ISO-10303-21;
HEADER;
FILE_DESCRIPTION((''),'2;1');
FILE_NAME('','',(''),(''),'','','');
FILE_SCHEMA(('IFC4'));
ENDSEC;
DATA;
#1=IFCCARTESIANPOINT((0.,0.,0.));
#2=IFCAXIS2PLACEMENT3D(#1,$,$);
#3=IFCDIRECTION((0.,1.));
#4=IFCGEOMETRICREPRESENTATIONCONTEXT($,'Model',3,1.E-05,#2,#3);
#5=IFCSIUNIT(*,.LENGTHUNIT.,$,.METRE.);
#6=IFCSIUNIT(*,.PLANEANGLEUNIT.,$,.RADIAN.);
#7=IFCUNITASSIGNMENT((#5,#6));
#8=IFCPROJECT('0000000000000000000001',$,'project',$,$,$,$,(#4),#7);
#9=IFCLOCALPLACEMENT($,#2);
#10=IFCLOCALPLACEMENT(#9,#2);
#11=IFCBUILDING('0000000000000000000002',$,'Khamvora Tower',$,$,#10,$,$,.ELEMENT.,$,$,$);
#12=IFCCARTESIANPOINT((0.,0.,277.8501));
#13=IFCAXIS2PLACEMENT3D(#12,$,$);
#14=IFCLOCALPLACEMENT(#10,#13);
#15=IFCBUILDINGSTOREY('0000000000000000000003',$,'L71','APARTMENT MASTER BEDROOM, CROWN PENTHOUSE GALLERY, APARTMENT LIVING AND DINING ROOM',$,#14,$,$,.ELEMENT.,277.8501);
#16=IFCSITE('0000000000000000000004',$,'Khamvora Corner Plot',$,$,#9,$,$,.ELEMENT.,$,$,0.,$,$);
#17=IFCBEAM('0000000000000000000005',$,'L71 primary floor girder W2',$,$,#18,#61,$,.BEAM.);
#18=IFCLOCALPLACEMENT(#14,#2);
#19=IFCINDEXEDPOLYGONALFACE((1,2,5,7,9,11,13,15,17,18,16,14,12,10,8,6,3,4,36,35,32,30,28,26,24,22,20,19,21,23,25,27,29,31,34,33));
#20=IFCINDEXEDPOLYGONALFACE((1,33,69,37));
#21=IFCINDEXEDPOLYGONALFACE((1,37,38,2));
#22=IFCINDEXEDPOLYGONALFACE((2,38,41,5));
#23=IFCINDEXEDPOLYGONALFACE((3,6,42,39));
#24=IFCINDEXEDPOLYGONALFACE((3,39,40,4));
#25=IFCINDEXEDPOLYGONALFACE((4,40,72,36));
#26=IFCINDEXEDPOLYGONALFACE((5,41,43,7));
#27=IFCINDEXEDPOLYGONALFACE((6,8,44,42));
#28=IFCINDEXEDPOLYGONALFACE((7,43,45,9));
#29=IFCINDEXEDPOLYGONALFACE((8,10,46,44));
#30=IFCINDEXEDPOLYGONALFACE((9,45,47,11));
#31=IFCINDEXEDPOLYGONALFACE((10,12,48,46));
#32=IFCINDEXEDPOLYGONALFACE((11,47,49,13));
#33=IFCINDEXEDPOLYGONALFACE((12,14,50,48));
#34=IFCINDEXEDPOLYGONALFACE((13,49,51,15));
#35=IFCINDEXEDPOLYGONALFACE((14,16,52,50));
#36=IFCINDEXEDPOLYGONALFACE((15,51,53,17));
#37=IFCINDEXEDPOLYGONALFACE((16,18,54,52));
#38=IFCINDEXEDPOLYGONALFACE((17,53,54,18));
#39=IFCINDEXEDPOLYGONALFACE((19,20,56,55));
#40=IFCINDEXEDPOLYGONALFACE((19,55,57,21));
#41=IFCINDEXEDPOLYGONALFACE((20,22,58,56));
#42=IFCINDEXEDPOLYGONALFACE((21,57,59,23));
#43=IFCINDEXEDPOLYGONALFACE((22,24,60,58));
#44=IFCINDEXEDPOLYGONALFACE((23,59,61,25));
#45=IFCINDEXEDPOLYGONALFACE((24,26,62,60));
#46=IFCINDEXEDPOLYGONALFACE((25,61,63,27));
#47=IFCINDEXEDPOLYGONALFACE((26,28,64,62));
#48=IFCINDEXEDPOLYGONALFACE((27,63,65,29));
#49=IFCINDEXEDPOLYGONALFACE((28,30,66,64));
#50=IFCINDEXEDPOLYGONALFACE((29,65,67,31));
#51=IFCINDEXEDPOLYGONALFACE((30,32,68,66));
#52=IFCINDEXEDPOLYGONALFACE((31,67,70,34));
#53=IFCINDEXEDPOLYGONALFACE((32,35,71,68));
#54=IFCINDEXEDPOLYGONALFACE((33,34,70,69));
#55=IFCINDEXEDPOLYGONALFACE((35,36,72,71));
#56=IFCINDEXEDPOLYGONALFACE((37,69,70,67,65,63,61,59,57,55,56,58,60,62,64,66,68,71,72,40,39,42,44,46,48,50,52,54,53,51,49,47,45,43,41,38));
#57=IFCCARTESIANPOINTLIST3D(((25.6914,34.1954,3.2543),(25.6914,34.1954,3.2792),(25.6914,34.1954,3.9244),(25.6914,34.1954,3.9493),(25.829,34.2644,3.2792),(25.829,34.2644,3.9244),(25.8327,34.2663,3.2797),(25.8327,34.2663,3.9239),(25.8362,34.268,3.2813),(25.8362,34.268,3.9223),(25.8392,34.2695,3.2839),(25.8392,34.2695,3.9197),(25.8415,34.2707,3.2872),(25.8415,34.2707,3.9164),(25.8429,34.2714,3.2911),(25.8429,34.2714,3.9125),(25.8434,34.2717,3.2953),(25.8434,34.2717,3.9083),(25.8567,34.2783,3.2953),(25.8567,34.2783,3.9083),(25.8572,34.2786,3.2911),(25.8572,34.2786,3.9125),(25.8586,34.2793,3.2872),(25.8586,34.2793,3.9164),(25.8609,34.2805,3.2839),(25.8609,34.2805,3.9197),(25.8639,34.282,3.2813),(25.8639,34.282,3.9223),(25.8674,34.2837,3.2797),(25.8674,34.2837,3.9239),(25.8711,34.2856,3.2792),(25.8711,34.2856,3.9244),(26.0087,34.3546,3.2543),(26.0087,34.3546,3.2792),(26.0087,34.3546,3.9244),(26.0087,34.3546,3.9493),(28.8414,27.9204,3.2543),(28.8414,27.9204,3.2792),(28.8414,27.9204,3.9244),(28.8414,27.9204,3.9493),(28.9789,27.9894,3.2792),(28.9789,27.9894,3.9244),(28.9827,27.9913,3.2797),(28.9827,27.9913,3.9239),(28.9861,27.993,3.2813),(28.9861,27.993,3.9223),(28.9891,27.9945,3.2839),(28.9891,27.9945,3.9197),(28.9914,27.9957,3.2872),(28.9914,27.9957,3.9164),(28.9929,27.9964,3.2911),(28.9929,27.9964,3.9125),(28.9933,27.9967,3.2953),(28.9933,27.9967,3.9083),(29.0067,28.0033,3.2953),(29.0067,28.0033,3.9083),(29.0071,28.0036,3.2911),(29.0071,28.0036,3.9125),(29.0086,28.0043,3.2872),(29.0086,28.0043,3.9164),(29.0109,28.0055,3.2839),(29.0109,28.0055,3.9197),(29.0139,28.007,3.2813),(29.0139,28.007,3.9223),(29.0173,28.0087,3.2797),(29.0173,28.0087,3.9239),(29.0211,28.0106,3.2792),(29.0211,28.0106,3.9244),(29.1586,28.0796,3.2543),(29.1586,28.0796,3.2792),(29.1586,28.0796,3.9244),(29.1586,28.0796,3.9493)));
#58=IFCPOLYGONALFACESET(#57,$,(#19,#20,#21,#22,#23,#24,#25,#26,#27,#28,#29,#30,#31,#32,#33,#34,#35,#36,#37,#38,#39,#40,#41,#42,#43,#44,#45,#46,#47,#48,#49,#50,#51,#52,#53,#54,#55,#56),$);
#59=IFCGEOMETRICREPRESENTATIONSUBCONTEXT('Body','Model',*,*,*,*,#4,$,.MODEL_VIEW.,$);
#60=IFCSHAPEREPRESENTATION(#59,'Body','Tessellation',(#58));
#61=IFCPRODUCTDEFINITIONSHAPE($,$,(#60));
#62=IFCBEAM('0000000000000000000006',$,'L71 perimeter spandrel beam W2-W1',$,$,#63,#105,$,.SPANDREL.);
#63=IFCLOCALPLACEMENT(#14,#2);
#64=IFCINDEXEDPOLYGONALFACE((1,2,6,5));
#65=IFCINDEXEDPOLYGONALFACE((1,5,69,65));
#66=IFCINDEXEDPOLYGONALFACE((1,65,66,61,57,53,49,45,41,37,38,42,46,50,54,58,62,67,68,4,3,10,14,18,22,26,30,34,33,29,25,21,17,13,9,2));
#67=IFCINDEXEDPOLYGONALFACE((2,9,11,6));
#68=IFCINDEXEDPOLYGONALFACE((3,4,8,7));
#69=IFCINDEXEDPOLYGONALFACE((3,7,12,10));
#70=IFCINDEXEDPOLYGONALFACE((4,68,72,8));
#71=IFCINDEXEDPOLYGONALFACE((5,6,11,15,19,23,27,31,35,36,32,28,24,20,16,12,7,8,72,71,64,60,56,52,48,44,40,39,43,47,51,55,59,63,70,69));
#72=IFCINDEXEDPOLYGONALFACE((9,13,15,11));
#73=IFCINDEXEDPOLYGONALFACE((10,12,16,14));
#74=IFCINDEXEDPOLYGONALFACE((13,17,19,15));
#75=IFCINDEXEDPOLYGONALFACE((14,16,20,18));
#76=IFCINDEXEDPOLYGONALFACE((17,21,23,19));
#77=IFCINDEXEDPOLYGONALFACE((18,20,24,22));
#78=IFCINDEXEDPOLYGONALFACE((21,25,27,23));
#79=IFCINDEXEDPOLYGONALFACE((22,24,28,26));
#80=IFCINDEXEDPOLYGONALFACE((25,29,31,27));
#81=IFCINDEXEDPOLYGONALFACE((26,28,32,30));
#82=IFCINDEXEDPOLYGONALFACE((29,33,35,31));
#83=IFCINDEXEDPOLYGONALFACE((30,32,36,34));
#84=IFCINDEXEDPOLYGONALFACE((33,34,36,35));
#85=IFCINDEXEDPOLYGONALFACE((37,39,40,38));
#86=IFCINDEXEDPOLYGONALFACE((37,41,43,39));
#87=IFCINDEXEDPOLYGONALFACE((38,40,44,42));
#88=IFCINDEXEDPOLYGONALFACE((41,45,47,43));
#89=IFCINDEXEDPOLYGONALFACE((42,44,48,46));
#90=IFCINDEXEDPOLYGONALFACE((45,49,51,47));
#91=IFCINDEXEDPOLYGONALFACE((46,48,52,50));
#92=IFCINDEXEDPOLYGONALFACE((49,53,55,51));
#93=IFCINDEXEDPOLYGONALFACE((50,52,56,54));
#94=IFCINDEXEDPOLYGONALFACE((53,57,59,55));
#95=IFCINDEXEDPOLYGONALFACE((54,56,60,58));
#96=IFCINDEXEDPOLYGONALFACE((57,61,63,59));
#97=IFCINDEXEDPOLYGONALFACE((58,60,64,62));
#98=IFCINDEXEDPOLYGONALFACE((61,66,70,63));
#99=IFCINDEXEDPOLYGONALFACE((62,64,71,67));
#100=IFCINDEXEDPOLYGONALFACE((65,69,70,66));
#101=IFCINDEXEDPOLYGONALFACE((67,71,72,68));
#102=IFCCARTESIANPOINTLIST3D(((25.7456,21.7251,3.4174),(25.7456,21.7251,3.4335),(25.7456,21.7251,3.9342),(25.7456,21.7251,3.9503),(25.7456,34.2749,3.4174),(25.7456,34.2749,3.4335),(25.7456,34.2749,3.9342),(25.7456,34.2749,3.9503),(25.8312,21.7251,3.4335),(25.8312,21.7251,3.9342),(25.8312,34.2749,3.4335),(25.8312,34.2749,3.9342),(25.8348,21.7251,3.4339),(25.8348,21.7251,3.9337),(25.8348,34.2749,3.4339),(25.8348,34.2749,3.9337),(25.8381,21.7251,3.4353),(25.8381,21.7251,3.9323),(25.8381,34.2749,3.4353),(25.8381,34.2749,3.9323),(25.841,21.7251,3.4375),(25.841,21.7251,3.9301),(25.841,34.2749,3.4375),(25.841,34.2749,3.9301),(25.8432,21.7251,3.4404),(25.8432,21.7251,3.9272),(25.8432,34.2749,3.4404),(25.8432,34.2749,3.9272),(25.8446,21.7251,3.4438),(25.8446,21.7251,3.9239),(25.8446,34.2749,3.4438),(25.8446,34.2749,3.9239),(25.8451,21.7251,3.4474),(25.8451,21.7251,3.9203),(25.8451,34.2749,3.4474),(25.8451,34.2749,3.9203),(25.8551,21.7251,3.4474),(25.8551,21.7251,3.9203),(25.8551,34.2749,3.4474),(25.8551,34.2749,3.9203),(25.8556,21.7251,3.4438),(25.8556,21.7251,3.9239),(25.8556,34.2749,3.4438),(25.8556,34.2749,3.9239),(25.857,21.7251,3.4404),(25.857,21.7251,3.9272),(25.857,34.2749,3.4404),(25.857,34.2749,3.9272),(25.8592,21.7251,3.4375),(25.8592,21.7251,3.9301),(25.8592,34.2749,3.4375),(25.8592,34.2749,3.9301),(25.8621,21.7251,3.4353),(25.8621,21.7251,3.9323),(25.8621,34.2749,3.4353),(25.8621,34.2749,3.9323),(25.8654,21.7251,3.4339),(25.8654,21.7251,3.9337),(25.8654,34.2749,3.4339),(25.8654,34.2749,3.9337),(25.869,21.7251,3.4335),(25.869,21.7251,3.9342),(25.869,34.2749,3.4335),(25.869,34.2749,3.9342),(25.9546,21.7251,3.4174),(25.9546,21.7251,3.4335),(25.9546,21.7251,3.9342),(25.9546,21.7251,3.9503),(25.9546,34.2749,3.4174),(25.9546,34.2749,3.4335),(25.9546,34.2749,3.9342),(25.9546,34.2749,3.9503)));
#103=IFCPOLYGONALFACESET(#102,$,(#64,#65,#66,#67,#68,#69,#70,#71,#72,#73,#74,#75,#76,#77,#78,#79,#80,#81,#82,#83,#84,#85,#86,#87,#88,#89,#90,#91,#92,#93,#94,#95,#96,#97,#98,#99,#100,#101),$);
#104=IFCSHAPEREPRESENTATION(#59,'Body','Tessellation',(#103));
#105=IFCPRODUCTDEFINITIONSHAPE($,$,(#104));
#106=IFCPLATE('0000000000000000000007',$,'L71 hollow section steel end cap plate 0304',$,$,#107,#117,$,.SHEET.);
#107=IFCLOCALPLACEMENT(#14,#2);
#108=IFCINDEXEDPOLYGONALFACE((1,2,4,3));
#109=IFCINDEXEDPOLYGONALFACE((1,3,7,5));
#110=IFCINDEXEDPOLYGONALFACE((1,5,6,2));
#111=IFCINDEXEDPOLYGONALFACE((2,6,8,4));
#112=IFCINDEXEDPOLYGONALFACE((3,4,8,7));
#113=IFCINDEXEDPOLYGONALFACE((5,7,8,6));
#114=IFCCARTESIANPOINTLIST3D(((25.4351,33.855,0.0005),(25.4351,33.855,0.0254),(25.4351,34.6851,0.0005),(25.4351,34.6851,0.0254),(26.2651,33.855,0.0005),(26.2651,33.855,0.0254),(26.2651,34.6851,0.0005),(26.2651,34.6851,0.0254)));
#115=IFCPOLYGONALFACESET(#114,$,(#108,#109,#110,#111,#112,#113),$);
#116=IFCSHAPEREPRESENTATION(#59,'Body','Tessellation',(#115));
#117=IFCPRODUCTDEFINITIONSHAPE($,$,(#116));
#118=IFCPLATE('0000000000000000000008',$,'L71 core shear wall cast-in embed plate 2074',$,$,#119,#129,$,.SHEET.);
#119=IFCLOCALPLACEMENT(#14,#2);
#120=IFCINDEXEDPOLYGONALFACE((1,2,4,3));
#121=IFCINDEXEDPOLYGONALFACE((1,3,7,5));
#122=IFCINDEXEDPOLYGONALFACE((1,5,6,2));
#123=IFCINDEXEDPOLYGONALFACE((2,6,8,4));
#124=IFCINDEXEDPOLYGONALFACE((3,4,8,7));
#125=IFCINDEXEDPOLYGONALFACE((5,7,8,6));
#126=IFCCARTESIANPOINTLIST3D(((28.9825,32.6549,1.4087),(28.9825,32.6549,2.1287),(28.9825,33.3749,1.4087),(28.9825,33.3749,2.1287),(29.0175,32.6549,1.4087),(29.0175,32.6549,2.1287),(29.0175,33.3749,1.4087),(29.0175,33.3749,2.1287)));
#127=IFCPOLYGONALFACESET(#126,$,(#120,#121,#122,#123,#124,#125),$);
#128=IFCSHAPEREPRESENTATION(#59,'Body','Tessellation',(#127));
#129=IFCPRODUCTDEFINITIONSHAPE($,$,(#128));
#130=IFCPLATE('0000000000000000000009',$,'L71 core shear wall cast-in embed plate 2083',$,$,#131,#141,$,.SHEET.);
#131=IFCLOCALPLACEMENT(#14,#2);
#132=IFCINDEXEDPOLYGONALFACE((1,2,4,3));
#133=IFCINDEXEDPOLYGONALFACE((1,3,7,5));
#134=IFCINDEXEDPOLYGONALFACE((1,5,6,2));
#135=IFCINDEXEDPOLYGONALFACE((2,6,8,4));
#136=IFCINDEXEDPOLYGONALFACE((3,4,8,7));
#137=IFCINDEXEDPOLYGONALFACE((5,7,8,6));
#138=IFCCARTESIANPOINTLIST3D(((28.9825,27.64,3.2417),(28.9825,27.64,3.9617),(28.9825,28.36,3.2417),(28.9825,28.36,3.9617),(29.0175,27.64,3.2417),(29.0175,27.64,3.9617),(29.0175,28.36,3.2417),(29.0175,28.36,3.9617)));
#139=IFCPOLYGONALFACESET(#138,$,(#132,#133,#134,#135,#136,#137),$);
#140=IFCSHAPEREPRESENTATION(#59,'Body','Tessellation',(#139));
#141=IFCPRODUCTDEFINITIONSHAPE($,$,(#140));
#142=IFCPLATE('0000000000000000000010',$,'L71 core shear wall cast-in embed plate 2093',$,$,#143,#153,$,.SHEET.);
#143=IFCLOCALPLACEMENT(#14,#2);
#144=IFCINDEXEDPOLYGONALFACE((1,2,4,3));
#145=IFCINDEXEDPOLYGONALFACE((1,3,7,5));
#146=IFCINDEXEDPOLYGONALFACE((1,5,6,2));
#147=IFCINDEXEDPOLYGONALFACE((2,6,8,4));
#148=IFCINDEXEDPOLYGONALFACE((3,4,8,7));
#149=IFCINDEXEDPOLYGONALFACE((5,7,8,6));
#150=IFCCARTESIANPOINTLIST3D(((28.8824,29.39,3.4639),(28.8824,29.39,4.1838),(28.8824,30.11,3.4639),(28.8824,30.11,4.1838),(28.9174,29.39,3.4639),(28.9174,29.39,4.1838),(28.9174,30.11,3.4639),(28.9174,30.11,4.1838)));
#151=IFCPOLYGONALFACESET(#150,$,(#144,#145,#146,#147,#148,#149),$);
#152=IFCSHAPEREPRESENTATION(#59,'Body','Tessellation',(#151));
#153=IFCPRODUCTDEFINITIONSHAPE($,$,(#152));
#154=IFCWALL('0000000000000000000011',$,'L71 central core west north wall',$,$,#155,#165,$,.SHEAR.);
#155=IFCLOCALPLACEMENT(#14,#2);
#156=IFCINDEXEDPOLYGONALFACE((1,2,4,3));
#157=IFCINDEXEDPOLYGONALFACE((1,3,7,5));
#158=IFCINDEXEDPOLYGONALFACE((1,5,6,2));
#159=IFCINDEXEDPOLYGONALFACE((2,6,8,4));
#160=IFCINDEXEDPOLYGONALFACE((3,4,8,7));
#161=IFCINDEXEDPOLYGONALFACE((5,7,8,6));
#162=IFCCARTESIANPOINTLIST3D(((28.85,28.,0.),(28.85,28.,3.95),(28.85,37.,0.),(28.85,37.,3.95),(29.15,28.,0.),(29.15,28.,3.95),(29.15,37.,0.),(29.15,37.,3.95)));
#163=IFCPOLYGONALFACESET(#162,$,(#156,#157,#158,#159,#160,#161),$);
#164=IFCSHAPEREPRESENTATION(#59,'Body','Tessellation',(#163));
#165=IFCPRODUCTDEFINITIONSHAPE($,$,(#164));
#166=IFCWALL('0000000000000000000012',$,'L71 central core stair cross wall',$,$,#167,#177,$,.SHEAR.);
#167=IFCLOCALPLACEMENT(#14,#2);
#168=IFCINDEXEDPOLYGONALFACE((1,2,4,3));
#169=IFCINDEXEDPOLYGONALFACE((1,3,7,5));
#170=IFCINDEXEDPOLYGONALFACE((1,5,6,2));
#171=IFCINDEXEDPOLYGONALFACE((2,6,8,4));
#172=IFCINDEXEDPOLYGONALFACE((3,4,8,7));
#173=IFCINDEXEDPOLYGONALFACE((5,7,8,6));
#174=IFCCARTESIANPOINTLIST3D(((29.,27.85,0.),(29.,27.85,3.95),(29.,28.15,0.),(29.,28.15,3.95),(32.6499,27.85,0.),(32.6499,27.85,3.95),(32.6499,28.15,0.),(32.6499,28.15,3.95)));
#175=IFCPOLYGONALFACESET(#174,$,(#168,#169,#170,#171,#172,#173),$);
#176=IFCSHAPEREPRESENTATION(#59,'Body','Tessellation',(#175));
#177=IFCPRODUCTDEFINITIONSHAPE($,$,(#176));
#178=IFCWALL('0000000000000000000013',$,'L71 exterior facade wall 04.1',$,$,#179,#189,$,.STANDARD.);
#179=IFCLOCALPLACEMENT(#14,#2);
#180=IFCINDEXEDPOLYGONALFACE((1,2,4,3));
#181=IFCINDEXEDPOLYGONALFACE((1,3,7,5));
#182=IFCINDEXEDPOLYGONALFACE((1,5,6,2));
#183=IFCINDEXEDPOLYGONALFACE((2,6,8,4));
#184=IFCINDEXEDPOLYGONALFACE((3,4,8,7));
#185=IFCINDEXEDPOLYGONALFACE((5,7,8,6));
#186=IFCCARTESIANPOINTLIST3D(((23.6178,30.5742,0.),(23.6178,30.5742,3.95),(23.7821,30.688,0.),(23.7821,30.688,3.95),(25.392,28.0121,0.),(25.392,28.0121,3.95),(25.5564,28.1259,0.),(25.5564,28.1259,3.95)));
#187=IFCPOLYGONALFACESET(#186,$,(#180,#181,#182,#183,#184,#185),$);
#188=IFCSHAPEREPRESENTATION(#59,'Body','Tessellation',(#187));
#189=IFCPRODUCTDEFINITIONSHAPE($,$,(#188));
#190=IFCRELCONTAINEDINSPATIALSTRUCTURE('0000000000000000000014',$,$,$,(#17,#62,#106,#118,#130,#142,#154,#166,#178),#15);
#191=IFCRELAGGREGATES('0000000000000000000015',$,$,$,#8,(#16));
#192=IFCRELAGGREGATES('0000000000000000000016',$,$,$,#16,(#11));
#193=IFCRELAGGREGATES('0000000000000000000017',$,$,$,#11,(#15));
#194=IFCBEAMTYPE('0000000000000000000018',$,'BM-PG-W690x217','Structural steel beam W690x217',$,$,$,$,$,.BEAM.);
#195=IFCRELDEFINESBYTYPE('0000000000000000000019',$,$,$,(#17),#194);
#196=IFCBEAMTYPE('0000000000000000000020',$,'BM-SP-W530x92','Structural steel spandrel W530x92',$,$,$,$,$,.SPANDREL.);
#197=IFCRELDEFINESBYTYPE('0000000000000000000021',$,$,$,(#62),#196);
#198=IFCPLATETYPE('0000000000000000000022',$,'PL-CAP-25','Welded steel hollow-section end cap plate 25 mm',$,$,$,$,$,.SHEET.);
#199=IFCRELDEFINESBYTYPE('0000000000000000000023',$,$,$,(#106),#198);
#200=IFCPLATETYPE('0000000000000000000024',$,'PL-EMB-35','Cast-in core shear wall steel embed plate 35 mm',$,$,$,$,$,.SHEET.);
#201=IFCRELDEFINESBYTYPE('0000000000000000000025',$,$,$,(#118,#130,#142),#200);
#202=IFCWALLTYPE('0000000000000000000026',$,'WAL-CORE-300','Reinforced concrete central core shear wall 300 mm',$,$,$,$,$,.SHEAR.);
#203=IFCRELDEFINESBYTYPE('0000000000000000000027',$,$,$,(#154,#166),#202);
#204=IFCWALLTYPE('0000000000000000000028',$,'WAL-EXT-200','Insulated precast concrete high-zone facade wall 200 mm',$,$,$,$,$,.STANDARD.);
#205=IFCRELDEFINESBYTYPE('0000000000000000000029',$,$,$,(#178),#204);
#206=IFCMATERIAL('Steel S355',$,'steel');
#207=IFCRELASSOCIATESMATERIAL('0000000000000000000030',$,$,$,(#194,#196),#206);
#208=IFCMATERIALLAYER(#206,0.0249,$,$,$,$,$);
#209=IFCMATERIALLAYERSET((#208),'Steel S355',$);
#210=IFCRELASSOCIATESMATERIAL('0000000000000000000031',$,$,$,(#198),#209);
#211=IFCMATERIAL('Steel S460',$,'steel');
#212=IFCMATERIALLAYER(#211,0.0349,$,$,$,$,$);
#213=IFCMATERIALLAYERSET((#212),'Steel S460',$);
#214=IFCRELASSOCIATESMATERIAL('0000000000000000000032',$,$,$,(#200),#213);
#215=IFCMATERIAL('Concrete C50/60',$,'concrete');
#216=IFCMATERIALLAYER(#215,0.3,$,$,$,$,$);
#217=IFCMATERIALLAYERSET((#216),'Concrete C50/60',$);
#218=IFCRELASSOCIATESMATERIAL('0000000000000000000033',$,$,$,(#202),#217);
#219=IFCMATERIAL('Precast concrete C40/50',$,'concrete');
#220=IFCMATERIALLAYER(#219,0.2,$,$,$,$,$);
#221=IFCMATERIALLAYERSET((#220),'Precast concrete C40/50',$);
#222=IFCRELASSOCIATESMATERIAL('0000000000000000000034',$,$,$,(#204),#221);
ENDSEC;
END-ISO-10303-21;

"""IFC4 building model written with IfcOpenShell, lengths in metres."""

from ifc_helpers import new_model, si_unit, direction, frame, frame_2d, origin, origin_2d, place, context, subcontext, project, spatial, rectangle, i_section, extrude, material, layer, layer_set, material_profile, profile_set, type_object, element, save


model = new_model("IFC4")

# Units and contexts
model_context = context("Model", 3, precision=1e-05, world=origin(), true_north=direction((0.0, 1.0)))
body_context = subcontext(model_context, "Body", "Model", "MODEL_VIEW")
ifc_project = project(units=[si_unit("LENGTHUNIT", "METRE"), si_unit("PLANEANGLEUNIT", "RADIAN")], contexts=[model_context])

# Site, building, storey
site_placement = place(None, origin())
site = spatial("IfcSite", under=ifc_project, at=site_placement, Name="Khamvora Corner Plot", CompositionType="ELEMENT", RefElevation=0.0)
building_placement = place(site_placement, origin())
building = spatial("IfcBuilding", under=site, at=building_placement, Name="Khamvora Tower", CompositionType="ELEMENT")
storey_placement = place(building_placement, frame((0.0, 0.0, 277.8501)))
storey = spatial("IfcBuildingStorey", under=building, at=storey_placement, Name="L71", Description="APARTMENT MASTER BEDROOM, CROWN PENTHOUSE GALLERY, APARTMENT LIVING AND DINING ROOM", CompositionType="ELEMENT", Elevation=277.8501)

# Shared definitions
ifc_material_1 = material(Name="Steel S355", Category="steel")

# Beams
ifc_material_profile_1 = material_profile(ifc_material_1, i_section(OverallWidth=0.355, OverallDepth=0.6951, WebThickness=0.0149, FlangeThickness=0.0249, FilletRadius=0.0161, at=origin_2d()), Name="W690x217")
ifc_profile_set_1 = profile_set([ifc_material_profile_1], Name="Steel S355")
beam_type_1 = type_object("IfcBeamType", Name="BM-PG-W690x217", Description="Structural steel beam W690x217", PredefinedType="BEAM", material=ifc_profile_set_1)
beam_1_placement = place(storey_placement, frame((29.0, 28.0, 3.6018), z_axis=(-0.448632, 0.893717, 0.0), x_axis=(-0.893717, -0.448632, 0.0)))
element("IfcBeam", 1, at=beam_1_placement, inside=storey, type_object=beam_type_1, Name="L71 primary floor girder W2", PredefinedType="BEAM", context=body_context, shape_type="SweptSolid", body=[
    extrude(i_section(OverallWidth=0.355, OverallDepth=0.6951, WebThickness=0.0149, FlangeThickness=0.0249, FilletRadius=0.0161, at=origin_2d()), origin(), (0.0, 0.0, 1.0), 7.0212),
])
ifc_material_profile_2 = material_profile(ifc_material_1, i_section(OverallWidth=0.209, OverallDepth=0.533, WebThickness=0.01, FlangeThickness=0.0161, FilletRadius=0.0139, at=origin_2d()), Name="W530x92")
ifc_profile_set_2 = profile_set([ifc_material_profile_2], Name="Steel S355")
beam_type_2 = type_object("IfcBeamType", Name="BM-SP-W530x92", Description="Structural steel spandrel W530x92", PredefinedType="SPANDREL", material=ifc_profile_set_2)
beam_2_placement = place(storey_placement, frame((25.8501, 34.2749, 3.6838), z_axis=(0.0, -1.0, 0.0), x_axis=(1.0, 0.0, 0.0)))
element("IfcBeam", 2, at=beam_2_placement, inside=storey, type_object=beam_type_2, Name="L71 perimeter spandrel beam W2-W1", PredefinedType="SPANDREL", context=body_context, shape_type="SweptSolid", body=[
    extrude(i_section(OverallWidth=0.209, OverallDepth=0.533, WebThickness=0.01, FlangeThickness=0.0161, FilletRadius=0.0139, at=origin_2d()), origin(), (0.0, 0.0, 1.0), 12.5498),
])

# Plates
ifc_layer_1 = layer(ifc_material_1, 0.0249)
ifc_layer_set_1 = layer_set([ifc_layer_1], Name="Steel S355")
plate_type_1 = type_object("IfcPlateType", Name="PL-CAP-25", Description="Welded steel hollow-section end cap plate 25 mm", PredefinedType="SHEET", material=ifc_layer_set_1)
plate_placement = place(storey_placement, frame((25.8501, 34.27, 0.0005), z_axis=(0.0, 0.0, 1.0), x_axis=(1.0, 0.0, 0.0)))
element("IfcPlate", 3, at=plate_placement, inside=storey, type_object=plate_type_1, Name="L71 hollow section steel end cap plate 0304", PredefinedType="SHEET", context=body_context, shape_type="SweptSolid", body=[
    extrude(rectangle(XDim=0.8301, YDim=0.8301, at=origin_2d()), origin(), (0.0, 0.0, 1.0), 0.0249),
])
ifc_material_2 = material(Name="Steel S460", Category="steel")
ifc_layer_2 = layer(ifc_material_2, 0.0349)
ifc_layer_set_2 = layer_set([ifc_layer_2], Name="Steel S460")
plate_type_2 = type_object("IfcPlateType", Name="PL-EMB-35", Description="Cast-in core shear wall steel embed plate 35 mm", PredefinedType="SHEET", material=ifc_layer_set_2)
for number, where, z_axis, x_axis, name in (
    (4, (29.0, 33.0149, 1.4087), (0.0, 0.0, 1.0), (1.0, 0.0, 0.0), "L71 core shear wall cast-in embed plate 2074"),
    (5, (29.0, 28.0, 3.2417), (0.0, 0.0, 1.0), (1.0, 0.0, 0.0), "L71 core shear wall cast-in embed plate 2083"),
    (6, (28.8999, 29.75, 3.4639), (0.0, 0.0, 1.0), (1.0, 0.0, 0.0), "L71 core shear wall cast-in embed plate 2093"),
):
    element("IfcPlate", number, at=place(storey_placement, frame(where, z_axis=z_axis, x_axis=x_axis)), inside=storey, type_object=plate_type_2, Name=name, PredefinedType="SHEET", context=body_context, shape_type="SweptSolid", body=[
        extrude(rectangle(XDim=0.0349, YDim=0.72, at=origin_2d()), origin(), (0.0, 0.0, 1.0), 0.72),
    ])

# Walls
ifc_material_3 = material(Name="Concrete C50/60", Category="concrete")
ifc_layer_3 = layer(ifc_material_3, 0.3)
ifc_layer_set_3 = layer_set([ifc_layer_3], Name="Concrete C50/60")
wall_type_1 = type_object("IfcWallType", Name="WAL-CORE-300", Description="Reinforced concrete central core shear wall 300 mm", PredefinedType="SHEAR", material=ifc_layer_set_3)
wall_1_placement = place(storey_placement, frame((29.0, 28.0, 0.0), z_axis=(0.0, 0.0, 1.0), x_axis=(0.0, 1.0, 0.0)))
element("IfcWall", 7, at=wall_1_placement, inside=storey, type_object=wall_type_1, Name="L71 central core west north wall", PredefinedType="SHEAR", context=body_context, shape_type="SweptSolid", body=[
    extrude(rectangle(XDim=9.0, YDim=0.3, at=frame_2d((4.5, 0.0))), origin(), (0.0, 0.0, 1.0), 3.95),
])
wall_2_placement = place(storey_placement, frame((29.0, 28.0, 0.0), z_axis=(0.0, 0.0, 1.0), x_axis=(1.0, 0.0, 0.0)))
element("IfcWall", 8, at=wall_2_placement, inside=storey, type_object=wall_type_1, Name="L71 central core stair cross wall", PredefinedType="SHEAR", context=body_context, shape_type="SweptSolid", body=[
    extrude(rectangle(XDim=3.6499, YDim=0.3, at=frame_2d((1.825, 0.0))), origin(), (0.0, 0.0, 1.0), 3.95),
])
ifc_material_4 = material(Name="Precast concrete C40/50", Category="concrete")
ifc_layer_4 = layer(ifc_material_4, 0.2)
ifc_layer_set_4 = layer_set([ifc_layer_4], Name="Precast concrete C40/50")
wall_type_2 = type_object("IfcWallType", Name="WAL-EXT-200", Description="Insulated precast concrete high-zone facade wall 200 mm", PredefinedType="STANDARD", material=ifc_layer_set_4)
wall_3_placement = place(storey_placement, frame((25.4741, 28.0691, 0.0), z_axis=(0.0, 0.0, 1.0), x_axis=(-0.569312, 0.822122, 0.0)))
element("IfcWall", 9, at=wall_3_placement, inside=storey, type_object=wall_type_2, Name="L71 exterior facade wall 04.1", PredefinedType="STANDARD", context=body_context, shape_type="SweptSolid", body=[
    extrude(rectangle(XDim=3.1165, YDim=0.2, at=frame_2d((1.5581, 0.0))), origin(), (0.0, 0.0, 1.0), 3.95),
])

save(model, "model.ifc")
